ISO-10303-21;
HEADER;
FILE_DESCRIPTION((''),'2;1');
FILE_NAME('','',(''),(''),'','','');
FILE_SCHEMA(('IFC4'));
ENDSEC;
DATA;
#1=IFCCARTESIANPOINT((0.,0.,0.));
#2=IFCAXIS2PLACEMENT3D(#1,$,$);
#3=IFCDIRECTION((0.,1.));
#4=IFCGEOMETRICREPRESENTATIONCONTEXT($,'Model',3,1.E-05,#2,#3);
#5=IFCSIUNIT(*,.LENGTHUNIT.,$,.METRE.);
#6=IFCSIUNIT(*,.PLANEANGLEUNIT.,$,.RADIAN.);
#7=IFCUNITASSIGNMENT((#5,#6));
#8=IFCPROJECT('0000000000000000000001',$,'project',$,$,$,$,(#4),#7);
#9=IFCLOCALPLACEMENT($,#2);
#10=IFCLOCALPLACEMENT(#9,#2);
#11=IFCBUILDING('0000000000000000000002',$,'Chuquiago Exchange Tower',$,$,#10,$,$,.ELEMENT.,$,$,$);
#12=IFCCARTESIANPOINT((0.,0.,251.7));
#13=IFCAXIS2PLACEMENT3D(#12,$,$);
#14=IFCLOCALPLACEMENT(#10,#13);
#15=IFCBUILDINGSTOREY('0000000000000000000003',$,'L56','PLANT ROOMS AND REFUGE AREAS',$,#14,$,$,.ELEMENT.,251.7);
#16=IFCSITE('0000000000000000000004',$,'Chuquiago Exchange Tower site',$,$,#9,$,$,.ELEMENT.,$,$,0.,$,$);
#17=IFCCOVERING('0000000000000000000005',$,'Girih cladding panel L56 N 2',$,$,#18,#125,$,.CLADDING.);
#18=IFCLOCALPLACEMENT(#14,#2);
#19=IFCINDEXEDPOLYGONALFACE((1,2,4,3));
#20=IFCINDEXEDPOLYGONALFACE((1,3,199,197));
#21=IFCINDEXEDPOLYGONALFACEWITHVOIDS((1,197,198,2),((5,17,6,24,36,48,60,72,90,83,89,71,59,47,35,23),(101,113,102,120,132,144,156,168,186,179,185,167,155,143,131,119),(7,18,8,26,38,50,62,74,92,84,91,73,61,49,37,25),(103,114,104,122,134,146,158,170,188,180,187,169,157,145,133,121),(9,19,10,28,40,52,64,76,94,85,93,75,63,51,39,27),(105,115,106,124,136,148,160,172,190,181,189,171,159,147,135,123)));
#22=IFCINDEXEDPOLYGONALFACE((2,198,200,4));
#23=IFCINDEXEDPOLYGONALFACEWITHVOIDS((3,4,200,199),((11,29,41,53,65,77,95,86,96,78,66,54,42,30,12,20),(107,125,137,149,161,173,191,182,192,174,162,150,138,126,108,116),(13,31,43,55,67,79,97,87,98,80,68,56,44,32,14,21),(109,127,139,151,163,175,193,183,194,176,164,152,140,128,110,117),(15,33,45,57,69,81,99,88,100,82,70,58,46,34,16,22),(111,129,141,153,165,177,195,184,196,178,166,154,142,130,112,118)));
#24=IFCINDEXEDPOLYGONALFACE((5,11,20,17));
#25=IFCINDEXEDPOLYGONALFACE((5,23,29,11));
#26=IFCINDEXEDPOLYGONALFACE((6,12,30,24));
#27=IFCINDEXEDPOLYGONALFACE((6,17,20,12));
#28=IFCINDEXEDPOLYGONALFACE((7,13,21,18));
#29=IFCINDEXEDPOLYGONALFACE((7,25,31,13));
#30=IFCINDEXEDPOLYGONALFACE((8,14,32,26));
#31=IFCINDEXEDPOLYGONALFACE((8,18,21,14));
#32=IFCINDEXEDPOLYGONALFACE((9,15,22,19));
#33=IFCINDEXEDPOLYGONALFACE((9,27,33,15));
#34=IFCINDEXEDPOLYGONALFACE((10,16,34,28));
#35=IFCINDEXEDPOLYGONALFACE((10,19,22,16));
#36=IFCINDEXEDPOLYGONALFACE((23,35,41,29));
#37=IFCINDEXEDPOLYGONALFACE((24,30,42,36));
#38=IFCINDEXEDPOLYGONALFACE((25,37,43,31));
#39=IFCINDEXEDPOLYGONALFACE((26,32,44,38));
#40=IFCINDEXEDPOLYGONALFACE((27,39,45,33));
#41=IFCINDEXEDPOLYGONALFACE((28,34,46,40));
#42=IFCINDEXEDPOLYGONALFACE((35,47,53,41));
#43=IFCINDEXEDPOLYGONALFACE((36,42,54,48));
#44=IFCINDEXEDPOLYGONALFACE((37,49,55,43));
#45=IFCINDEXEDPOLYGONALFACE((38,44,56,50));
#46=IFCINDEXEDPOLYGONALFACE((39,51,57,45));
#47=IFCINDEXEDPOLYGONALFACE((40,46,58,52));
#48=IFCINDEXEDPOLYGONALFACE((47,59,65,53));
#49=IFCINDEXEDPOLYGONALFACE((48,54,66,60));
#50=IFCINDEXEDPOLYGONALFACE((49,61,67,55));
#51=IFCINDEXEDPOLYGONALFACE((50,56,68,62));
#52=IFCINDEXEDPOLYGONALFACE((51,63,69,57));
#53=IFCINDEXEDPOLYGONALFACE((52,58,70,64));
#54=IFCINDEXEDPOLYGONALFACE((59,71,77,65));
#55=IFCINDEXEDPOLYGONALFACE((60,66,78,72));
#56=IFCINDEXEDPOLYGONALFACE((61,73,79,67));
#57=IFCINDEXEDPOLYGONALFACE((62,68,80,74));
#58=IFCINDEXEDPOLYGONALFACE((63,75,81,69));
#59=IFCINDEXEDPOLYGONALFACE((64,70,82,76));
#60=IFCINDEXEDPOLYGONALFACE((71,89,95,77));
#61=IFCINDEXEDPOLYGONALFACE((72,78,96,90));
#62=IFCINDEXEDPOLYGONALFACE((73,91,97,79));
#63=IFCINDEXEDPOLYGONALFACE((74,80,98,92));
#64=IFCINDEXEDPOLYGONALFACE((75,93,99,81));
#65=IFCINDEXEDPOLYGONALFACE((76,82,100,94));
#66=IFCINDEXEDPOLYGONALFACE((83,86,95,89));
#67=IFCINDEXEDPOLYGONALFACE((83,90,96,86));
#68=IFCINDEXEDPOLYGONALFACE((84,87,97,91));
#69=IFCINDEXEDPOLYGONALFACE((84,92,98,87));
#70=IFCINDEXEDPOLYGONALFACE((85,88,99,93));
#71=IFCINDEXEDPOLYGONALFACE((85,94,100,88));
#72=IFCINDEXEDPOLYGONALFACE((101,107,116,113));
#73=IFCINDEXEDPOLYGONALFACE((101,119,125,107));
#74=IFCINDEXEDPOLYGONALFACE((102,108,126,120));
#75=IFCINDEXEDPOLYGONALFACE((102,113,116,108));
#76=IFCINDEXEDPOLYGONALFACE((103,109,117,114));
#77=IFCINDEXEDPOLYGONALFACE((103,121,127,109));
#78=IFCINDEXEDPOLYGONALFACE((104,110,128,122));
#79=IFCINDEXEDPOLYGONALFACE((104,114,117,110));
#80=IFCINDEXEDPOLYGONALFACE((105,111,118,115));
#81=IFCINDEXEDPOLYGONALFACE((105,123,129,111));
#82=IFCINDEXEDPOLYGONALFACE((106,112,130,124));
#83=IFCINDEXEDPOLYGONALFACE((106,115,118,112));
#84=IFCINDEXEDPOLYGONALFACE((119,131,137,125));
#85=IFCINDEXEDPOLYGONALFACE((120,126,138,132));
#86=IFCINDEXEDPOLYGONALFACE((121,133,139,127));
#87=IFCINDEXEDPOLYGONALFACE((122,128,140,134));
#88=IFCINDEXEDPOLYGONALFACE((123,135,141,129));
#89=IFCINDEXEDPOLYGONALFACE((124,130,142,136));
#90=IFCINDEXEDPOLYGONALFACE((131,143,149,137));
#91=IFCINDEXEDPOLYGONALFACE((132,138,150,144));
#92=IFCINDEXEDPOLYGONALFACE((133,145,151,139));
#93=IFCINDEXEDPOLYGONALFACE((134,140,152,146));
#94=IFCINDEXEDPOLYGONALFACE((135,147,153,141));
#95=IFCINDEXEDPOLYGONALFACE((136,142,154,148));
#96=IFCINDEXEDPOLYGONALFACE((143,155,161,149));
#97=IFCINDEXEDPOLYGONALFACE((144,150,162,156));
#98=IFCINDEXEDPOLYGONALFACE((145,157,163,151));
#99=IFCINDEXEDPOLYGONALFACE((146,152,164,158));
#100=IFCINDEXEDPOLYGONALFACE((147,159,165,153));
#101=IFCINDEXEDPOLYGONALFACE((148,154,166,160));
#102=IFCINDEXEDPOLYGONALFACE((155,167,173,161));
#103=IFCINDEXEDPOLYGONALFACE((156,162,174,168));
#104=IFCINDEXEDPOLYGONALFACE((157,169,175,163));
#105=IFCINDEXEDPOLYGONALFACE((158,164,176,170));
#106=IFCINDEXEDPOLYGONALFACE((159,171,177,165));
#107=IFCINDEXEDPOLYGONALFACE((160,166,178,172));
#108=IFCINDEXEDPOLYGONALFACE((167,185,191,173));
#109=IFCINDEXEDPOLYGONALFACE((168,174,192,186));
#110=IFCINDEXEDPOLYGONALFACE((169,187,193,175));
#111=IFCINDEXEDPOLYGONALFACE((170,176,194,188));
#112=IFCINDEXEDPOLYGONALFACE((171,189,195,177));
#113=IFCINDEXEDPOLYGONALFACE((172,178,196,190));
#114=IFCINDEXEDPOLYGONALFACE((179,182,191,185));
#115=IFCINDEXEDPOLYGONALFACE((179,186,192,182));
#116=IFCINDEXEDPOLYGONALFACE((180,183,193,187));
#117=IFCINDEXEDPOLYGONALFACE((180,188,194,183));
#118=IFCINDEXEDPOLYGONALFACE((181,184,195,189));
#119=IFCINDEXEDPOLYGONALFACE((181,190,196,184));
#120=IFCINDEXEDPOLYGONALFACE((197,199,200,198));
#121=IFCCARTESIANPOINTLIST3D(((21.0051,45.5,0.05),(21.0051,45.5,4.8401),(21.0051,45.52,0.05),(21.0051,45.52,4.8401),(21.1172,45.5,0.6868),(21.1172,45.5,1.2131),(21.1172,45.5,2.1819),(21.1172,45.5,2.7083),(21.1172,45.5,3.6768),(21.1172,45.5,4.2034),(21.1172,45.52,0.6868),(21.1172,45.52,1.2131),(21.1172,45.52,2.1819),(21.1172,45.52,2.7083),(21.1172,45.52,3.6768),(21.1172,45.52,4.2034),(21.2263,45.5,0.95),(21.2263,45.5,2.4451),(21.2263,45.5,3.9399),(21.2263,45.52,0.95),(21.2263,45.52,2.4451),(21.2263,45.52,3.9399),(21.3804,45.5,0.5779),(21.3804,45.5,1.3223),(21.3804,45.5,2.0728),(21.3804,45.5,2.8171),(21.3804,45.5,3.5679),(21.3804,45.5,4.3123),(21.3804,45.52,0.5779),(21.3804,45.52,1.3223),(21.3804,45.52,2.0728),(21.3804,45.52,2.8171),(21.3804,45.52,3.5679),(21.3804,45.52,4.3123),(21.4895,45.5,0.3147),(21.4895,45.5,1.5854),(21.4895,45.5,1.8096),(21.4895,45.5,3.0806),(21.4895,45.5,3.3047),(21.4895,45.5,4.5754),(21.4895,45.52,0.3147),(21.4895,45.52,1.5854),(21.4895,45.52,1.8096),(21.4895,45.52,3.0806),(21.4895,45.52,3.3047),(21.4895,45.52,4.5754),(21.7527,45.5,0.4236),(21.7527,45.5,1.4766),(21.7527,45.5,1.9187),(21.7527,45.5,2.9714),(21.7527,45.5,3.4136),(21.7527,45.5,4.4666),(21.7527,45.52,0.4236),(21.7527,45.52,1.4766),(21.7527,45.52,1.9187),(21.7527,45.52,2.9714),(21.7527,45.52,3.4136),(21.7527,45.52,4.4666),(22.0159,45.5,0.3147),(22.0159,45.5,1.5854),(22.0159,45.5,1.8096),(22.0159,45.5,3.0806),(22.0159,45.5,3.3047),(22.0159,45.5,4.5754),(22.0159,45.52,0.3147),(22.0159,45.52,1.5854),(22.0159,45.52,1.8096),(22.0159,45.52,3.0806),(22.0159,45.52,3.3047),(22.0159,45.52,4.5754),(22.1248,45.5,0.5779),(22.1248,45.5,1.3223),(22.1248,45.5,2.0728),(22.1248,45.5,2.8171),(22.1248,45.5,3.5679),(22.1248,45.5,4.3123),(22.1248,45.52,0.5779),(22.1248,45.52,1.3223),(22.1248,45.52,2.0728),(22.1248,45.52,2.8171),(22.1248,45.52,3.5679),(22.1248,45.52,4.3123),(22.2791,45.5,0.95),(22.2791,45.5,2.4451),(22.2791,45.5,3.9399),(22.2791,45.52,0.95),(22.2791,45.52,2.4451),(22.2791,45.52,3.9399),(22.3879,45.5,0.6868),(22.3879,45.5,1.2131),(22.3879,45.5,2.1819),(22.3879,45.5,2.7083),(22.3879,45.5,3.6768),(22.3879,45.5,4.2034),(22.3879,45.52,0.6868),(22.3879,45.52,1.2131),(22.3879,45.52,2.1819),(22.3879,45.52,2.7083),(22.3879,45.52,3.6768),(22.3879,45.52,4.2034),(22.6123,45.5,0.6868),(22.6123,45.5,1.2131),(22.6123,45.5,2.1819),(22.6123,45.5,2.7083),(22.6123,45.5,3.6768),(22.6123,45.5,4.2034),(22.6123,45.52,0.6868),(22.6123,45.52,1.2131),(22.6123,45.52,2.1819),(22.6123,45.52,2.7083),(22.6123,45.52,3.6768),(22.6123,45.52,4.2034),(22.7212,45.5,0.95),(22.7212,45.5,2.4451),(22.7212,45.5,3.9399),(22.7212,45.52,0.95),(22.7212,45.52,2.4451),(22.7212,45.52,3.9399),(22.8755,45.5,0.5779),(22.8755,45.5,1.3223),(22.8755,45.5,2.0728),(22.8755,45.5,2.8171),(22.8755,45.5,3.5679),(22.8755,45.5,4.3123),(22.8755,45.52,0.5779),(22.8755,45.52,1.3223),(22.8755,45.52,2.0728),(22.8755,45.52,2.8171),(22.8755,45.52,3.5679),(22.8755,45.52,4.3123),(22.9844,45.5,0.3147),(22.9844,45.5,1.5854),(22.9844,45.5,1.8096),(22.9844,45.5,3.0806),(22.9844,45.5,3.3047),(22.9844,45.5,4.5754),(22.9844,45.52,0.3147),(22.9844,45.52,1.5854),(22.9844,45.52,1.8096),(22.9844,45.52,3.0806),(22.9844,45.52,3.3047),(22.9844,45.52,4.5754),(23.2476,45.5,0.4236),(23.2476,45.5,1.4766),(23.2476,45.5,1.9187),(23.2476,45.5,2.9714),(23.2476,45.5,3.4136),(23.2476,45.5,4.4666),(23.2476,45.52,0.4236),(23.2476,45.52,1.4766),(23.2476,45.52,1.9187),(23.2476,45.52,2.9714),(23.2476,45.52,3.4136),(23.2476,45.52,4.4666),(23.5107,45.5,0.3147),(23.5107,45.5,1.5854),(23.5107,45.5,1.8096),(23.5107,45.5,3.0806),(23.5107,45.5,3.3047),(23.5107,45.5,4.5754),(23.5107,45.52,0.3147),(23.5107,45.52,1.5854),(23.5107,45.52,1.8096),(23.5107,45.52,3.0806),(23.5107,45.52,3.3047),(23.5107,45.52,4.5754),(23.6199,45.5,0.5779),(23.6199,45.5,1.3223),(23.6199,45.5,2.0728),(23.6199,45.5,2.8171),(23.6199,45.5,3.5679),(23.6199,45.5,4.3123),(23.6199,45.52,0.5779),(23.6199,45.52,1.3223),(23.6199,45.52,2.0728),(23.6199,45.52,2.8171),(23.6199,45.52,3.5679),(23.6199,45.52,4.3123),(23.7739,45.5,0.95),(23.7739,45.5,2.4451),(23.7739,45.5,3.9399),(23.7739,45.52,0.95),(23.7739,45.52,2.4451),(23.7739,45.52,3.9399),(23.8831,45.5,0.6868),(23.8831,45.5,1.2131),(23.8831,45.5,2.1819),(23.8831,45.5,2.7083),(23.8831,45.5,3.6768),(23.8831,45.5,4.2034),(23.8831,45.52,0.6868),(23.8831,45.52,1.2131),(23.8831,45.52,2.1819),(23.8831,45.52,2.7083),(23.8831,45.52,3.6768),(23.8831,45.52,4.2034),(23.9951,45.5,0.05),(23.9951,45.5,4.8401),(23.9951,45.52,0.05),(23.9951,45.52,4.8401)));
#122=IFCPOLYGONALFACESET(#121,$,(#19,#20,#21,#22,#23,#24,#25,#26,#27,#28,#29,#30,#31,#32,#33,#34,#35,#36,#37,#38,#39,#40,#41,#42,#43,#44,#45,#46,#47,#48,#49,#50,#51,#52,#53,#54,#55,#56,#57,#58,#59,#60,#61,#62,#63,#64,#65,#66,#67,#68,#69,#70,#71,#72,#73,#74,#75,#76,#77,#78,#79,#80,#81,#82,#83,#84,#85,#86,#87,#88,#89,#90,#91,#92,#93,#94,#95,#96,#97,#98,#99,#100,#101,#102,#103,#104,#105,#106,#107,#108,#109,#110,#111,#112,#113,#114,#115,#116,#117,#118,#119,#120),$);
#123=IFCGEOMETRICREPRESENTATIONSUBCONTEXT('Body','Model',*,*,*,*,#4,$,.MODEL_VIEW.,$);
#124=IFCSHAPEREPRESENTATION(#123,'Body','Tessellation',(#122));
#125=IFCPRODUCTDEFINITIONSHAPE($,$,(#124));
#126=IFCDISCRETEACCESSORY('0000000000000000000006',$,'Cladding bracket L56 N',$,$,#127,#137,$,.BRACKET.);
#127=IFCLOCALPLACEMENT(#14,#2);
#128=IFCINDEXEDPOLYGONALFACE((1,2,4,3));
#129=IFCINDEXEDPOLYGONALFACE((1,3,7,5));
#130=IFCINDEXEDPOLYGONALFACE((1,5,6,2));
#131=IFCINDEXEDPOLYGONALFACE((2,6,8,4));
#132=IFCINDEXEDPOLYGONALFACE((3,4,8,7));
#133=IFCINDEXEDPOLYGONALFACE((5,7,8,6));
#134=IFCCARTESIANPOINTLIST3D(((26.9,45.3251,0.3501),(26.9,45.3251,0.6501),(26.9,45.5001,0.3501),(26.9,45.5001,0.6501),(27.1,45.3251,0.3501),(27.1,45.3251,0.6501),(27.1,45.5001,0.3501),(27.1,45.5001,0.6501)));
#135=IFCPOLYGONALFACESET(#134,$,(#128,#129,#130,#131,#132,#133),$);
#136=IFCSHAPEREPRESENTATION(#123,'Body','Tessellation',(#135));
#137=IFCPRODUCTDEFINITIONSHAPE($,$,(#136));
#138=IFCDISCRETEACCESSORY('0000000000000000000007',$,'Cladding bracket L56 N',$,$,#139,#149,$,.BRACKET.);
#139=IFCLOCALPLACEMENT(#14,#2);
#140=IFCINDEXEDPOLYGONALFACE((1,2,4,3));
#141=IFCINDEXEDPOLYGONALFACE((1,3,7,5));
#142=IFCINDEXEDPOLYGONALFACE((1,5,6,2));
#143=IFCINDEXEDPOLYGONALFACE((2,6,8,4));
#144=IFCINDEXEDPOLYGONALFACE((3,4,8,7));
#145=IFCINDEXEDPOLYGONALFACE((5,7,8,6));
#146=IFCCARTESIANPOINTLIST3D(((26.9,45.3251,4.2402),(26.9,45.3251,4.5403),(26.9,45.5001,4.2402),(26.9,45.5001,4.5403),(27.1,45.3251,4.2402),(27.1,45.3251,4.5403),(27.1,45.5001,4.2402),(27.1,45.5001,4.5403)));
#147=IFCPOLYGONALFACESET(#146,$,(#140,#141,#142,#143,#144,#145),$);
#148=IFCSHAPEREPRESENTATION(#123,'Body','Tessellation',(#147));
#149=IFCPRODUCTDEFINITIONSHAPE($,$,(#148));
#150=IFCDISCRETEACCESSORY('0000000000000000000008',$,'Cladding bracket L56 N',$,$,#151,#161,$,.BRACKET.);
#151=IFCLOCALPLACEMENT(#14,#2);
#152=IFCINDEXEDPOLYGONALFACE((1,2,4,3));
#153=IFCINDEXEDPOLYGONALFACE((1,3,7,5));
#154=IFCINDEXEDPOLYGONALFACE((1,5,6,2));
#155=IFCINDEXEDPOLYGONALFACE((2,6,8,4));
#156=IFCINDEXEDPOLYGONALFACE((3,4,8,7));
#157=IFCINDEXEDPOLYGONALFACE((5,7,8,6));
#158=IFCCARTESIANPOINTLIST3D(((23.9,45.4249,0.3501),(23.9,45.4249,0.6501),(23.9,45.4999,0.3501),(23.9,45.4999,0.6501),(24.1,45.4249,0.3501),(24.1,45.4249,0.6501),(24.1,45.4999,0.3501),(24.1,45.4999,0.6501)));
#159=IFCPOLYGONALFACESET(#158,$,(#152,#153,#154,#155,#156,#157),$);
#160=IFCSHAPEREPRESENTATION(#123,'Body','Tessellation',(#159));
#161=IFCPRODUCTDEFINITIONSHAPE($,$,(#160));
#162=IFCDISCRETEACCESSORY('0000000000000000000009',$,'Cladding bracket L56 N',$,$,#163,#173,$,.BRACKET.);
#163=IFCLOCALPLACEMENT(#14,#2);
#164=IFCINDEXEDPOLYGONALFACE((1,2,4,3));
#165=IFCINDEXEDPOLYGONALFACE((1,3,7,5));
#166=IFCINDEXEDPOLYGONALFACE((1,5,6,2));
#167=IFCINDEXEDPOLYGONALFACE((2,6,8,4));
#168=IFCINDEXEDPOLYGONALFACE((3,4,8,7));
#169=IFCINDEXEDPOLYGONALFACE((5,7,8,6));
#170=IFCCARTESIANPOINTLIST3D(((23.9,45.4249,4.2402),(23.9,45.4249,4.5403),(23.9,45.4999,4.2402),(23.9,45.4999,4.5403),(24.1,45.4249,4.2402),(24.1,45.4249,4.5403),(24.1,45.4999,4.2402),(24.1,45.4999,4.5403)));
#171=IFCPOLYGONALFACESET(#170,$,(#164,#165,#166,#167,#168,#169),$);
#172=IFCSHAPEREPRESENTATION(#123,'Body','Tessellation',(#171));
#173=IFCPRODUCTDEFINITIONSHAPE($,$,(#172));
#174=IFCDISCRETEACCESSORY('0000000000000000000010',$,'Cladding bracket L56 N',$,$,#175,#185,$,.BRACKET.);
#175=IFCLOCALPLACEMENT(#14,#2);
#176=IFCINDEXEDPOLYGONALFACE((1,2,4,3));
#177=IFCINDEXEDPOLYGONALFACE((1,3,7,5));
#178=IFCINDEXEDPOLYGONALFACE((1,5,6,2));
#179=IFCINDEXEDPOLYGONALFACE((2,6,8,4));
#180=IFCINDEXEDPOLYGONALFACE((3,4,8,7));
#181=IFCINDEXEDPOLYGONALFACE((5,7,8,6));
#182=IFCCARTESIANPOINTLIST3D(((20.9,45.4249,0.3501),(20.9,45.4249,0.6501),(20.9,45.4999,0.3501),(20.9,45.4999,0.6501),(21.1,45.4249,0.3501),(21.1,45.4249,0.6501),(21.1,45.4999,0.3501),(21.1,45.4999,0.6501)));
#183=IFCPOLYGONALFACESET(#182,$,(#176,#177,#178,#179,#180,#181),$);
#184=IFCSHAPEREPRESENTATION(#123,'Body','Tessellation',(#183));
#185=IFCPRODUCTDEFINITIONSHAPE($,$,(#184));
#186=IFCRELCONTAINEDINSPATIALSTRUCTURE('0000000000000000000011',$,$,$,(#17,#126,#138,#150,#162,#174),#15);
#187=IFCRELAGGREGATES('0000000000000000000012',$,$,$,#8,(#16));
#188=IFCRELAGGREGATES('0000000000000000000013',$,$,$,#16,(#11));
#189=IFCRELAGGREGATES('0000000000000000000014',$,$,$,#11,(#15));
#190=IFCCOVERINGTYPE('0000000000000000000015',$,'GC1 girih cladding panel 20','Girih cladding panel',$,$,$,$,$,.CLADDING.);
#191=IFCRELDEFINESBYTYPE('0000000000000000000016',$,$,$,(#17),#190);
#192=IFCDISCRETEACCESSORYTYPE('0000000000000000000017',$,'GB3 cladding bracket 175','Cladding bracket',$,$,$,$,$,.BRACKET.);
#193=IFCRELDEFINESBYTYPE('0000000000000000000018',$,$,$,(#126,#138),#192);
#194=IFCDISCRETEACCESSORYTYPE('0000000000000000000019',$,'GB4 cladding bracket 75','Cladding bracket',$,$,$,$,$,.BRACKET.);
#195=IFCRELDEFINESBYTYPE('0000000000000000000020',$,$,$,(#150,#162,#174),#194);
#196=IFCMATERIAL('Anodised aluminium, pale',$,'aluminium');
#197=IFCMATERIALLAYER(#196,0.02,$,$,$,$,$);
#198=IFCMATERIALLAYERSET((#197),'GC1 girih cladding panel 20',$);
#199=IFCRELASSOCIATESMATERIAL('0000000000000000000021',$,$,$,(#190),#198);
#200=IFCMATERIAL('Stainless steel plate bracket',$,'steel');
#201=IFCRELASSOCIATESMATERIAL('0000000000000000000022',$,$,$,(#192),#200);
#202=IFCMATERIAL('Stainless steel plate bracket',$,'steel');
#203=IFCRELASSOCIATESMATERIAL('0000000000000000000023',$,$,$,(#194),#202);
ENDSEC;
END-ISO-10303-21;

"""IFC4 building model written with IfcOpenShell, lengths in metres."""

from ifc_helpers import new_model, si_unit, direction, frame, origin, origin_2d, place, context, subcontext, project, spatial, polyline, rectangle, outline, extrude, material, layer, layer_set, type_object, element, save


model = new_model("IFC4")

# Units and contexts
model_context = context("Model", 3, precision=1e-05, world=origin(), true_north=direction((0.0, 1.0)))
body_context = subcontext(model_context, "Body", "Model", "MODEL_VIEW")
ifc_project = project(units=[si_unit("LENGTHUNIT", "METRE"), si_unit("PLANEANGLEUNIT", "RADIAN")], contexts=[model_context])

# Site, building, storey
site_placement = place(None, origin())
site = spatial("IfcSite", under=ifc_project, at=site_placement, Name="Chuquiago Exchange Tower site", CompositionType="ELEMENT", RefElevation=0.0)
building_placement = place(site_placement, origin())
building = spatial("IfcBuilding", under=site, at=building_placement, Name="Chuquiago Exchange Tower", CompositionType="ELEMENT")
storey_placement = place(building_placement, frame((0.0, 0.0, 251.7)))
storey = spatial("IfcBuildingStorey", under=building, at=storey_placement, Name="L56", Description="PLANT ROOMS AND REFUGE AREAS", CompositionType="ELEMENT", Elevation=251.7)

# Covering
ifc_material_1 = material(Name="Anodised aluminium, pale", Category="aluminium")
ifc_layer_1 = layer(ifc_material_1, 0.02)
ifc_layer_set_1 = layer_set([ifc_layer_1], Name="GC1 girih cladding panel 20")
covering_type = type_object("IfcCoveringType", Name="GC1 girih cladding panel 20", Description="Girih cladding panel", PredefinedType="CLADDING", material=ifc_layer_set_1)
covering_1_placement = place(storey_placement, frame((23.9951, 45.5, 0.05), z_axis=(0.0, 0.0, 1.0), x_axis=(-1.0, 0.0, 0.0)))
element("IfcCovering", 1, at=covering_1_placement, inside=storey, type_object=covering_type, Name="Girih cladding panel L56 N 2", PredefinedType="CLADDING", context=body_context, shape_type="SweptSolid", body=[
    extrude(outline(polyline([(0.0, 0.0), (2.99, 0.0), (2.99, 4.79), (0.0, 4.79), (0.0, 0.0)]), holes=[polyline([(1.2739, 0.8999), (1.3828, 1.1631), (1.1196, 1.2722), (1.0107, 1.5354), (0.7476, 1.4265), (0.4844, 1.5354), (0.3752, 1.2722), (0.1121, 1.1631), (0.2212, 0.8999), (0.1121, 0.6367), (0.3752, 0.5278), (0.4844, 0.2646), (0.7476, 0.3735), (1.0107, 0.2646), (1.1196, 0.5278), (1.3828, 0.6367), (1.2739, 0.8999)]), polyline([(2.7688, 0.8999), (2.8779, 1.1631), (2.6147, 1.2722), (2.5056, 1.5354), (2.2424, 1.4265), (1.9792, 1.5354), (1.8704, 1.2722), (1.6072, 1.1631), (1.7161, 0.8999), (1.6072, 0.6367), (1.8704, 0.5278), (1.9792, 0.2646), (2.2424, 0.3735), (2.5056, 0.2646), (2.6147, 0.5278), (2.8779, 0.6367), (2.7688, 0.8999)]), polyline([(1.2739, 2.395), (1.3828, 2.6582), (1.1196, 2.7671), (1.0107, 3.0305), (0.7476, 2.9214), (0.4844, 3.0305), (0.3752, 2.7671), (0.1121, 2.6582), (0.2212, 2.395), (0.1121, 2.1318), (0.3752, 2.0227), (0.4844, 1.7595), (0.7476, 1.8687), (1.0107, 1.7595), (1.1196, 2.0227), (1.3828, 2.1318), (1.2739, 2.395)]), polyline([(2.7688, 2.395), (2.8779, 2.6582), (2.6147, 2.7671), (2.5056, 3.0305), (2.2424, 2.9214), (1.9792, 3.0305), (1.8704, 2.7671), (1.6072, 2.6582), (1.7161, 2.395), (1.6072, 2.1318), (1.8704, 2.0227), (1.9792, 1.7595), (2.2424, 1.8687), (2.5056, 1.7595), (2.6147, 2.0227), (2.8779, 2.1318), (2.7688, 2.395)]), polyline([(1.2739, 3.8899), (1.3828, 4.1533), (1.1196, 4.2622), (1.0107, 4.5254), (0.7476, 4.4165), (0.4844, 4.5254), (0.3752, 4.2622), (0.1121, 4.1533), (0.2212, 3.8899), (0.1121, 3.6267), (0.3752, 3.5178), (0.4844, 3.2546), (0.7476, 3.3635), (1.0107, 3.2546), (1.1196, 3.5178), (1.3828, 3.6267), (1.2739, 3.8899)]), polyline([(2.7688, 3.8899), (2.8779, 4.1533), (2.6147, 4.2622), (2.5056, 4.5254), (2.2424, 4.4165), (1.9792, 4.5254), (1.8704, 4.2622), (1.6072, 4.1533), (1.7161, 3.8899), (1.6072, 3.6267), (1.8704, 3.5178), (1.9792, 3.2546), (2.2424, 3.3635), (2.5056, 3.2546), (2.6147, 3.5178), (2.8779, 3.6267), (2.7688, 3.8899)])]), frame((0.0, 0.0, 0.0), z_axis=(0.0, -1.0, 0.0), x_axis=(1.0, 0.0, 0.0)), (0.0, 0.0, 1.0), 0.02),
])

# Discrete accessories
ifc_material_2 = material(Name="Stainless steel plate bracket", Category="steel")
discrete_accessory_type_1 = type_object("IfcDiscreteAccessoryType", Name="GB3 cladding bracket 175", Description="Cladding bracket", PredefinedType="BRACKET", material=ifc_material_2)
for number, where, z_axis, x_axis, name in (
    (2, (27.0, 45.4126, 0.3501), (0.0, 0.0, 1.0), (-1.0, 0.0, 0.0), "Cladding bracket L56 N"),
    (3, (27.0, 45.4126, 4.2402), (0.0, 0.0, 1.0), (-1.0, 0.0, 0.0), "Cladding bracket L56 N"),
):
    element("IfcDiscreteAccessory", number, at=place(storey_placement, frame(where, z_axis=z_axis, x_axis=x_axis)), inside=storey, type_object=discrete_accessory_type_1, Name=name, PredefinedType="BRACKET", context=body_context, shape_type="SweptSolid", body=[
        extrude(rectangle(XDim=0.2, YDim=0.175, at=origin_2d()), origin(), (0.0, 0.0, 1.0), 0.3),
    ])
ifc_material_3 = material(Name="Stainless steel plate bracket", Category="steel")
discrete_accessory_type_2 = type_object("IfcDiscreteAccessoryType", Name="GB4 cladding bracket 75", Description="Cladding bracket", PredefinedType="BRACKET", material=ifc_material_3)
for number, where, z_axis, x_axis, name in (
    (4, (24.0, 45.4624, 0.3501), (0.0, 0.0, 1.0), (-1.0, 0.0, 0.0), "Cladding bracket L56 N"),
    (5, (24.0, 45.4624, 4.2402), (0.0, 0.0, 1.0), (-1.0, 0.0, 0.0), "Cladding bracket L56 N"),
    (6, (21.0, 45.4624, 0.3501), (0.0, 0.0, 1.0), (-1.0, 0.0, 0.0), "Cladding bracket L56 N"),
):
    element("IfcDiscreteAccessory", number, at=place(storey_placement, frame(where, z_axis=z_axis, x_axis=x_axis)), inside=storey, type_object=discrete_accessory_type_2, Name=name, PredefinedType="BRACKET", context=body_context, shape_type="SweptSolid", body=[
        extrude(rectangle(XDim=0.2, YDim=0.075, at=origin_2d()), origin(), (0.0, 0.0, 1.0), 0.3),
    ])

save(model, "model.ifc")
